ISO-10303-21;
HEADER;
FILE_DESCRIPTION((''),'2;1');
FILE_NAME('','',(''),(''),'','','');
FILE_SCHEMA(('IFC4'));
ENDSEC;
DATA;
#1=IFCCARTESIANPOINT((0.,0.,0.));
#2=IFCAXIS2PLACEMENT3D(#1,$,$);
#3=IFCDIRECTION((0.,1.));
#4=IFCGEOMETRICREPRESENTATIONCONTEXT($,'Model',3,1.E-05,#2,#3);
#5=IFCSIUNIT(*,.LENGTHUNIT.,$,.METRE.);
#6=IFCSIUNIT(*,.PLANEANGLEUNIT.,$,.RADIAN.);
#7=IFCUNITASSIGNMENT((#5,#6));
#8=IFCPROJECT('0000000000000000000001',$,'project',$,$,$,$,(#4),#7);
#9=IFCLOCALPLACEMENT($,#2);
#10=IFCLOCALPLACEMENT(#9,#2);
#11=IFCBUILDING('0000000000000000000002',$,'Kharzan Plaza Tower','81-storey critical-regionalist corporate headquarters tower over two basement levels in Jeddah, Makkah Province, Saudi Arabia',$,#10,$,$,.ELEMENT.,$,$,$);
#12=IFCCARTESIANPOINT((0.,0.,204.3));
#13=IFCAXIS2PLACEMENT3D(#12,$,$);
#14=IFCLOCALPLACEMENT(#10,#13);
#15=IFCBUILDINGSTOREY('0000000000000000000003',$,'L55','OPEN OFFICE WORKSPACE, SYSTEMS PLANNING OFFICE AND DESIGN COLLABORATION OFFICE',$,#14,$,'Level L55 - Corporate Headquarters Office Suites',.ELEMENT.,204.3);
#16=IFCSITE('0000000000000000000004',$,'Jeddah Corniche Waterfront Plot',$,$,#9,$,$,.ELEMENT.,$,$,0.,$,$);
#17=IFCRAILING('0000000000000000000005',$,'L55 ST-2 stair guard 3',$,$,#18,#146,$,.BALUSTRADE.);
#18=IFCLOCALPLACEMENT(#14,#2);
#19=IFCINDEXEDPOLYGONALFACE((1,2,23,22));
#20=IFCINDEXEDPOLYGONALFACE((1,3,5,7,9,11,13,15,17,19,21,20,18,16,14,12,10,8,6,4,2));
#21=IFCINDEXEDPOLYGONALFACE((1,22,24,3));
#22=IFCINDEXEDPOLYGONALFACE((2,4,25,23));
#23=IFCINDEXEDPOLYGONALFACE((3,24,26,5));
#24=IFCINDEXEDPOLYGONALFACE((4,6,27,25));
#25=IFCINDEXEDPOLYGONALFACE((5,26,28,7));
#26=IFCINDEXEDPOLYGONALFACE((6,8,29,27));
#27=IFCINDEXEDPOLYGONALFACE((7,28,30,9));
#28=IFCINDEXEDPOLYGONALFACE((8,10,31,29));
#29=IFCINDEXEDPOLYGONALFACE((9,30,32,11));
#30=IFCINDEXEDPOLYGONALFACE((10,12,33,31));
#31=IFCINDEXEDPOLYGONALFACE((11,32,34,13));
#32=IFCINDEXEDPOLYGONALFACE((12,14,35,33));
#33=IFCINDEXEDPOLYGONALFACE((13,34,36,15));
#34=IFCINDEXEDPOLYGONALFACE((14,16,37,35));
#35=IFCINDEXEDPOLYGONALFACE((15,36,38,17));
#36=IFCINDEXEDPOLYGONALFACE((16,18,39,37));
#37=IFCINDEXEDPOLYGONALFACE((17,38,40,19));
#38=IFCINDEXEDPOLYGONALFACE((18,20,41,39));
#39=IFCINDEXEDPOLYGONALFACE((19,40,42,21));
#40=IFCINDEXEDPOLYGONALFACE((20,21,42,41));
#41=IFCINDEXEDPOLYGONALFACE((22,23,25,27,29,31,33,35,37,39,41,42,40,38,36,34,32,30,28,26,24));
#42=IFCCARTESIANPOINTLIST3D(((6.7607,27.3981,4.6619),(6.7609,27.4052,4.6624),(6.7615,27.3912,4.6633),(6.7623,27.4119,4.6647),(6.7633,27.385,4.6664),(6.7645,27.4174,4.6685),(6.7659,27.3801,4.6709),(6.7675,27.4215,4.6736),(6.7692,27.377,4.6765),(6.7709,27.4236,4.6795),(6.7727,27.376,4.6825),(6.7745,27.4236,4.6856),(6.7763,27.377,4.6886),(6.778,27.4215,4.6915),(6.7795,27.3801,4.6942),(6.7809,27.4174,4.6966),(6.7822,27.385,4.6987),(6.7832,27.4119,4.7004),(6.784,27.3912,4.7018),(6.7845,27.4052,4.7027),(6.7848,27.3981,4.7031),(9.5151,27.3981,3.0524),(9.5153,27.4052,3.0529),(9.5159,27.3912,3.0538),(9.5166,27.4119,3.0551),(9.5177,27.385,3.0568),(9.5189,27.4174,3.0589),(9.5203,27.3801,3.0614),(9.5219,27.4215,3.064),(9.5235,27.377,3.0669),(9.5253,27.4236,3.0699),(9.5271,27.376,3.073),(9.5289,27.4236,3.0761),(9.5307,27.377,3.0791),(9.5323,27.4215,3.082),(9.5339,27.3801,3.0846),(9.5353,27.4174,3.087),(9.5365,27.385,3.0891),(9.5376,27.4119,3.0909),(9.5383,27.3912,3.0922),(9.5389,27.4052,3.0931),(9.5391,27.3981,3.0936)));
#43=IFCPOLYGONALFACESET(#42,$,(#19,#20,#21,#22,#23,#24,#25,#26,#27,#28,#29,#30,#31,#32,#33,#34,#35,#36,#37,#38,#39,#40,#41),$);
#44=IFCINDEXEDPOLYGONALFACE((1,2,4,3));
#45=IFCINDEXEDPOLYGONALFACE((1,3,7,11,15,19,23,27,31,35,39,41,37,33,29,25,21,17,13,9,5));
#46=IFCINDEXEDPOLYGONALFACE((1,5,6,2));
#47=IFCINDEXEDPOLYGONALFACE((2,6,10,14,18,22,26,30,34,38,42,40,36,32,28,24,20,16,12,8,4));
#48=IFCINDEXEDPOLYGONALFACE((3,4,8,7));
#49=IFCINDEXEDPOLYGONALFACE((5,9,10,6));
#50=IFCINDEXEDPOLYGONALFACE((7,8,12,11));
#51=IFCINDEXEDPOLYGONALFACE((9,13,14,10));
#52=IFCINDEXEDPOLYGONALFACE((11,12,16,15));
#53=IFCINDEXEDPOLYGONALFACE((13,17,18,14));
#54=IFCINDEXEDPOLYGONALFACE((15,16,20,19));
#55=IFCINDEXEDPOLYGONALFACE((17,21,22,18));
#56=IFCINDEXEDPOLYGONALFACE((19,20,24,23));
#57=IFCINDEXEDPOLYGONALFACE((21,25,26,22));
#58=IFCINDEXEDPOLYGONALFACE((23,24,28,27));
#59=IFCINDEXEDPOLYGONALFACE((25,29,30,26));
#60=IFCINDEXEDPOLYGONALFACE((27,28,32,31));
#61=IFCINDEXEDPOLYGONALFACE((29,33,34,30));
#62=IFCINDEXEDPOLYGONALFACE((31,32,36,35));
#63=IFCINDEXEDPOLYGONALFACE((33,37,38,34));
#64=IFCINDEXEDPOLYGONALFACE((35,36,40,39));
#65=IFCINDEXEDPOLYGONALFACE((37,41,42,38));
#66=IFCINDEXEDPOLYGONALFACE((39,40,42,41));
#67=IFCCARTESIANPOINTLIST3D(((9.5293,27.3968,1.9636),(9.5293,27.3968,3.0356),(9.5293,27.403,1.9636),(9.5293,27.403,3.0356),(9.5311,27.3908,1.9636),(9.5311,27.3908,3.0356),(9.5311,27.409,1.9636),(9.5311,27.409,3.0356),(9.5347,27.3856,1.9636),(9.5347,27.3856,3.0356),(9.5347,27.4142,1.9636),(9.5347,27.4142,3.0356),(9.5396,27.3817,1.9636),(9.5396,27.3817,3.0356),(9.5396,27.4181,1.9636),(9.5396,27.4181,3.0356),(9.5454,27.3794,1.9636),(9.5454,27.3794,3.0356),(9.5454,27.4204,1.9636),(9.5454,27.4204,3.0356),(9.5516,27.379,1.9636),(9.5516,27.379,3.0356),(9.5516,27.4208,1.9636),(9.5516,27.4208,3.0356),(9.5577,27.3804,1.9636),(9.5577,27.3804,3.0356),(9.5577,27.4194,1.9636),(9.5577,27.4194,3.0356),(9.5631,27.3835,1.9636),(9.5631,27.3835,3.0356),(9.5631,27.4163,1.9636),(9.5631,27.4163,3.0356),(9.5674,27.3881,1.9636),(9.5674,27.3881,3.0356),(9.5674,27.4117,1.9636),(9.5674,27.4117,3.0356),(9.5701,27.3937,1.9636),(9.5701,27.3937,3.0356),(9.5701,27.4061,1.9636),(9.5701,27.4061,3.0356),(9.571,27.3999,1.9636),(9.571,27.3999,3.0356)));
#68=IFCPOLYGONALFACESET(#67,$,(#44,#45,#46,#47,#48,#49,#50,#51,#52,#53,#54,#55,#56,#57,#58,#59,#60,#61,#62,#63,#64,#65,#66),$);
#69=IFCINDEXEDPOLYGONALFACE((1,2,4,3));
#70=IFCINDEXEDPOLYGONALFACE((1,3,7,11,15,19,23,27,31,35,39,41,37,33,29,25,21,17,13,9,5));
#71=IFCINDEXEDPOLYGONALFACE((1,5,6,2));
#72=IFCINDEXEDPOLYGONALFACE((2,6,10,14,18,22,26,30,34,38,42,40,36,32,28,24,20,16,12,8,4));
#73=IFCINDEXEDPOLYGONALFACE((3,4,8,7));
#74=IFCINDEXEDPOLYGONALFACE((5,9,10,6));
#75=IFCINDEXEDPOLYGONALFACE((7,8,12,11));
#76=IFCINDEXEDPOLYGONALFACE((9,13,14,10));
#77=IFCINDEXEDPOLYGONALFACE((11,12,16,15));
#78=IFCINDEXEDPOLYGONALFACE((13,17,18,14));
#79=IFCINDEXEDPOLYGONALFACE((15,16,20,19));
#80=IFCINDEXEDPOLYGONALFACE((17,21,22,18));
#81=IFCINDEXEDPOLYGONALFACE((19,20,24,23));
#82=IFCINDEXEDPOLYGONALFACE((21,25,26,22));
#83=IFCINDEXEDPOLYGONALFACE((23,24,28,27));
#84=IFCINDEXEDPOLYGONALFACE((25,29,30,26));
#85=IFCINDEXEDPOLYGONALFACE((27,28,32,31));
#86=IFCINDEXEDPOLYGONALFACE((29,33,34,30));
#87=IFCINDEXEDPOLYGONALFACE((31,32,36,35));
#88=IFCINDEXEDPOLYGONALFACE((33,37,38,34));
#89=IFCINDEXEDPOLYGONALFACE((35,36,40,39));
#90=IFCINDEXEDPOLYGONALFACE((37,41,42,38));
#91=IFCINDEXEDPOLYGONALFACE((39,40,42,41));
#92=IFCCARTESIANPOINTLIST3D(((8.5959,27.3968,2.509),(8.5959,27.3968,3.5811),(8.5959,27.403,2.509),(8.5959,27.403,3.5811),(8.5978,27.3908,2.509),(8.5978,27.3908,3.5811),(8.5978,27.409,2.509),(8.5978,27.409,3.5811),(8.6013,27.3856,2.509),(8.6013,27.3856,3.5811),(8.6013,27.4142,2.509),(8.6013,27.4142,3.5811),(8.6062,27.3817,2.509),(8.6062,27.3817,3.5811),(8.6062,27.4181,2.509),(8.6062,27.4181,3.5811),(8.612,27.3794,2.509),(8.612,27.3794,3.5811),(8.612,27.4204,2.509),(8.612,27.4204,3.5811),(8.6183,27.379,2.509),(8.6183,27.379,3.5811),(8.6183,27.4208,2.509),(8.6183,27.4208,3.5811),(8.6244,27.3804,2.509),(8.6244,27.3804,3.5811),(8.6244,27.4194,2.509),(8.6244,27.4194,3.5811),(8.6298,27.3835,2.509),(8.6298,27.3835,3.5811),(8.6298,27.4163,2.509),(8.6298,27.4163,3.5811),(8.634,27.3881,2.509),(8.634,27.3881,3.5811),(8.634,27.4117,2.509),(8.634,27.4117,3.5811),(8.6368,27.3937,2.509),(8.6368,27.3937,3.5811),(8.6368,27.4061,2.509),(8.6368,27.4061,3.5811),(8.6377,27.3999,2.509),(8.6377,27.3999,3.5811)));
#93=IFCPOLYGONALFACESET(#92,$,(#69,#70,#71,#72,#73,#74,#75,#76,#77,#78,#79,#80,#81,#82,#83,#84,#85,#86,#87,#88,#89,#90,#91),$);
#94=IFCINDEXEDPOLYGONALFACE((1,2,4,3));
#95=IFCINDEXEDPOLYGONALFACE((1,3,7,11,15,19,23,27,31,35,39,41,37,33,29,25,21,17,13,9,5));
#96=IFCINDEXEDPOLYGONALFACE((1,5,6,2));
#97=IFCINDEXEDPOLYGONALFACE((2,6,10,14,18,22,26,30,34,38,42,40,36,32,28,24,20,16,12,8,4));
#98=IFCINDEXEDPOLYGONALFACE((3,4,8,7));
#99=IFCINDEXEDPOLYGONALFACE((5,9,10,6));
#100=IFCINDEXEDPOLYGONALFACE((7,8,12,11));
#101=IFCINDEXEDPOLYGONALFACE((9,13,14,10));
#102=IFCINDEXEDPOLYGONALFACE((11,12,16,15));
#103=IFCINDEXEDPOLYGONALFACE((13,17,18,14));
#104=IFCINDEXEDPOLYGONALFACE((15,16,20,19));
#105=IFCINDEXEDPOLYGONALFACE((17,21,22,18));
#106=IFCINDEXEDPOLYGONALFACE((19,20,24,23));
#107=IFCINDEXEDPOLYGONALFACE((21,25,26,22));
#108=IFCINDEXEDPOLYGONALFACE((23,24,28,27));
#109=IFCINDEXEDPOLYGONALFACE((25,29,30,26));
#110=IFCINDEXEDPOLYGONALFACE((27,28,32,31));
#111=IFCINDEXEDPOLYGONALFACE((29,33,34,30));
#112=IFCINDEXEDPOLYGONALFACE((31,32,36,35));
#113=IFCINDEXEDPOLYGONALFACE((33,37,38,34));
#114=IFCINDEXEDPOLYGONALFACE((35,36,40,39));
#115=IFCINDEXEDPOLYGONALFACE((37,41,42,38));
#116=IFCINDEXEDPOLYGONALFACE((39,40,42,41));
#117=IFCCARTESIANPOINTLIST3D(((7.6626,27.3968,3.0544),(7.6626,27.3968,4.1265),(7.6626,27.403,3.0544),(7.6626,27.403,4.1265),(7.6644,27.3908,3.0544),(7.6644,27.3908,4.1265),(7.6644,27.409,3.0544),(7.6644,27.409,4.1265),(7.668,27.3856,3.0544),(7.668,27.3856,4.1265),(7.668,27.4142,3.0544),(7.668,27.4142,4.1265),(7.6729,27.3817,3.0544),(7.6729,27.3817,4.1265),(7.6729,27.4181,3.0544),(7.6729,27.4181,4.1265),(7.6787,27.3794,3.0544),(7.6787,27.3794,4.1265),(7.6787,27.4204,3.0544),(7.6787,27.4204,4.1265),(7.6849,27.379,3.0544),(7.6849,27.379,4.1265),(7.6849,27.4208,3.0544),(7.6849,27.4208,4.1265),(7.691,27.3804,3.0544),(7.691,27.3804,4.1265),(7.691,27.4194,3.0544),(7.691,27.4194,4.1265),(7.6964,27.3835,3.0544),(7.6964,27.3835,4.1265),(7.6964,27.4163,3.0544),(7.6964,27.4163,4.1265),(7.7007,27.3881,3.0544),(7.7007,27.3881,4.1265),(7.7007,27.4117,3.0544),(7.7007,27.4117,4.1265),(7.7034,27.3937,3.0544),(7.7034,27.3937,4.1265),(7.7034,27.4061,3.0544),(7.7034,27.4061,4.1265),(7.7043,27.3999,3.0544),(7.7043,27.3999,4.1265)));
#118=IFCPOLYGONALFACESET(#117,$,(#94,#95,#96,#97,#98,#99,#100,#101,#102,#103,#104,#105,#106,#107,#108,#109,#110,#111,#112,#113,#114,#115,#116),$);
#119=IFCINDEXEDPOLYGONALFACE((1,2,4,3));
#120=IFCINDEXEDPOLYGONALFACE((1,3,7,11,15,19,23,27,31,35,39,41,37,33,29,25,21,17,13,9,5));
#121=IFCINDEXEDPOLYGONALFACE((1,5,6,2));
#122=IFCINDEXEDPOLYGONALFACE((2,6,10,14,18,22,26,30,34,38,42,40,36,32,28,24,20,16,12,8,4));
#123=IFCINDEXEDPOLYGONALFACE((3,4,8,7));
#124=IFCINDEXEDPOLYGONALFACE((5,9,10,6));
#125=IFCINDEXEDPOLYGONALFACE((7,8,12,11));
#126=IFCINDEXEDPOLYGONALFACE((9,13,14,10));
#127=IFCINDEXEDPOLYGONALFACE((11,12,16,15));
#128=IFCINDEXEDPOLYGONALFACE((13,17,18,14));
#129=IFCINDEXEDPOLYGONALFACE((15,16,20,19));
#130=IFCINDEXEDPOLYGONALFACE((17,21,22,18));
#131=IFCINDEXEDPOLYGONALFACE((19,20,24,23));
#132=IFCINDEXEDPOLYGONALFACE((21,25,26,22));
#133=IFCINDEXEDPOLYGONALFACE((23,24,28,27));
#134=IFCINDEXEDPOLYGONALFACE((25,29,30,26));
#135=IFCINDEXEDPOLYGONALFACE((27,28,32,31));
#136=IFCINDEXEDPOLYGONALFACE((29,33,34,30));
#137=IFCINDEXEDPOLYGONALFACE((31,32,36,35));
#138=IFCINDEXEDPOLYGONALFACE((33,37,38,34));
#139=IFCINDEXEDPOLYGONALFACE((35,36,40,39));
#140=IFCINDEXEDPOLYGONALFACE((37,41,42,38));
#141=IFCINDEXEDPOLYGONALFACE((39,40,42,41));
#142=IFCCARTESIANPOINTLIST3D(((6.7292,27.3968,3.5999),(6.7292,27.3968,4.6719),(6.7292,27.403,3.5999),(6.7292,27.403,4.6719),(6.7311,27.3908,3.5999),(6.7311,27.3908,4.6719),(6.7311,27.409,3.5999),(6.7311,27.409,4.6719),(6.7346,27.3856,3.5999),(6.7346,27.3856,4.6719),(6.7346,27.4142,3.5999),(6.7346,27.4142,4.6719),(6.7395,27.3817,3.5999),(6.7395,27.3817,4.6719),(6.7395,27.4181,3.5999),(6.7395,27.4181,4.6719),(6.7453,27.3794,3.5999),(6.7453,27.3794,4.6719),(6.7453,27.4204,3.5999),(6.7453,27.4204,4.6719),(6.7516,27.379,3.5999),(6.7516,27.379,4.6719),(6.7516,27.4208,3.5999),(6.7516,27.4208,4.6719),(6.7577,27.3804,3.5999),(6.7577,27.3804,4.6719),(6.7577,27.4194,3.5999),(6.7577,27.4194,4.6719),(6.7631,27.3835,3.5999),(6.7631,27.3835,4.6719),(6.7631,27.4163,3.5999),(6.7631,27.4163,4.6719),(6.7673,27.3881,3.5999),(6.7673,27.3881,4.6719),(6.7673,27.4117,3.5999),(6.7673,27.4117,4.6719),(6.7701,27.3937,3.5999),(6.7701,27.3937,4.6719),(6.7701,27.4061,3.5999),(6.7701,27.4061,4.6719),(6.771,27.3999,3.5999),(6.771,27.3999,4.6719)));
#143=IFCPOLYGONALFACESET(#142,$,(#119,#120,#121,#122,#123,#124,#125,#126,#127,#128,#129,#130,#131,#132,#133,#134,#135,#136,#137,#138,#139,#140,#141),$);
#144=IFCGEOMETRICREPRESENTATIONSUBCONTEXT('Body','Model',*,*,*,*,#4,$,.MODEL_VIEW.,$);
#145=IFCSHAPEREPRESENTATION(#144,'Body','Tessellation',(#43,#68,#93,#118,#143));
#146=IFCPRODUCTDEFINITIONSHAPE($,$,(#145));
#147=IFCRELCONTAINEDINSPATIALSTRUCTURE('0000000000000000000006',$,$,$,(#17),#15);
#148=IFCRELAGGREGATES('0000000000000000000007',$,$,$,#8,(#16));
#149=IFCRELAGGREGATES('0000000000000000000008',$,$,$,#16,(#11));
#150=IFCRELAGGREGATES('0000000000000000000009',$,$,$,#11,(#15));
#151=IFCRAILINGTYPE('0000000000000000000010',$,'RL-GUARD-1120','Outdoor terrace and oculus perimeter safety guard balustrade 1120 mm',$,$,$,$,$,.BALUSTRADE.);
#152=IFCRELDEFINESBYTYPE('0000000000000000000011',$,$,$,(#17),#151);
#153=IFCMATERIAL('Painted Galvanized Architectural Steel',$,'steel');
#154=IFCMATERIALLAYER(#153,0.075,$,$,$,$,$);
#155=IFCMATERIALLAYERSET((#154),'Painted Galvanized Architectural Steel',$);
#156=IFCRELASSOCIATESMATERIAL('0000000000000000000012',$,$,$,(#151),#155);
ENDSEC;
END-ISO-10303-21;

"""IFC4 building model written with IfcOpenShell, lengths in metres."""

from ifc_helpers import new_model, si_unit, direction, frame, origin, origin_2d, place, context, subcontext, project, spatial, circle, extrude, source, transform, mapped, material, layer, layer_set, type_object, element, save


model = new_model("IFC4")

# Units and contexts
model_context = context("Model", 3, precision=1e-05, world=origin(), true_north=direction((0.0, 1.0)))
body_context = subcontext(model_context, "Body", "Model", "MODEL_VIEW")
ifc_project = project(units=[si_unit("LENGTHUNIT", "METRE"), si_unit("PLANEANGLEUNIT", "RADIAN")], contexts=[model_context])

# Site, building, storey
site_placement = place(None, origin())
site = spatial("IfcSite", under=ifc_project, at=site_placement, Name="Jeddah Corniche Waterfront Plot", CompositionType="ELEMENT", RefElevation=0.0)
building_placement = place(site_placement, origin())
building = spatial("IfcBuilding", under=site, at=building_placement, Name="Kharzan Plaza Tower", Description="81-storey critical-regionalist corporate headquarters tower over two basement levels in Jeddah, Makkah Province, Saudi Arabia", CompositionType="ELEMENT")
storey_placement = place(building_placement, frame((0.0, 0.0, 204.3)))
storey = spatial("IfcBuildingStorey", under=building, at=storey_placement, Name="L55", Description="OPEN OFFICE WORKSPACE, SYSTEMS PLANNING OFFICE AND DESIGN COLLABORATION OFFICE", LongName="Level L55 - Corporate Headquarters Office Suites", CompositionType="ELEMENT", Elevation=204.3)

# Railing
ifc_material_1 = material(Name="Painted Galvanized Architectural Steel", Category="steel")
ifc_layer_1 = layer(ifc_material_1, 0.075)
ifc_layer_set_1 = layer_set([ifc_layer_1], Name="Painted Galvanized Architectural Steel")
railing_type_1 = type_object("IfcRailingType", Name="RL-GUARD-1120", Description="Outdoor terrace and oculus perimeter safety guard balustrade 1120 mm", PredefinedType="BALUSTRADE", material=ifc_layer_set_1)
shared_shape_1 = source(origin(), body_context, "Body", "SweptSolid", [
    extrude(circle(Radius=0.0239, at=origin_2d()), frame((-0.0229, 0.0, 1.1094), z_axis=(-0.863394, 0.0, 0.504531), x_axis=(0.0, -1.0, 0.0)), (0.0, 0.0, 1.0), 3.1902),
    extrude(circle(Radius=0.021, at=origin_2d()), origin(), (0.0, 0.0, 1.0), 1.072),
    extrude(circle(Radius=0.021, at=origin_2d()), frame((-0.9333, 0.0, 0.5454)), (0.0, 0.0, 1.0), 1.072),
    extrude(circle(Radius=0.021, at=origin_2d()), frame((-1.8667, 0.0, 1.0908)), (0.0, 0.0, 1.0), 1.072),
    extrude(circle(Radius=0.021, at=origin_2d()), frame((-2.8, 0.0, 1.6362)), (0.0, 0.0, 1.0), 1.072),
])
railing_1_placement = place(storey_placement, frame((9.55, 27.3999, 1.9636)))
element("IfcRailing", 1, at=railing_1_placement, inside=storey, type_object=railing_type_1, Name="L55 ST-2 stair guard 3", PredefinedType="BALUSTRADE", context=body_context, shape_type="MappedRepresentation", body=[
    mapped(shared_shape_1, transform((0.0, 0.0, 0.0), x_axis=(1.0, 0.0, 0.0), y_axis=(0.0, 1.0, 0.0), z_axis=(0.0, 0.0, 1.0))),
])

save(model, "model.ifc")
